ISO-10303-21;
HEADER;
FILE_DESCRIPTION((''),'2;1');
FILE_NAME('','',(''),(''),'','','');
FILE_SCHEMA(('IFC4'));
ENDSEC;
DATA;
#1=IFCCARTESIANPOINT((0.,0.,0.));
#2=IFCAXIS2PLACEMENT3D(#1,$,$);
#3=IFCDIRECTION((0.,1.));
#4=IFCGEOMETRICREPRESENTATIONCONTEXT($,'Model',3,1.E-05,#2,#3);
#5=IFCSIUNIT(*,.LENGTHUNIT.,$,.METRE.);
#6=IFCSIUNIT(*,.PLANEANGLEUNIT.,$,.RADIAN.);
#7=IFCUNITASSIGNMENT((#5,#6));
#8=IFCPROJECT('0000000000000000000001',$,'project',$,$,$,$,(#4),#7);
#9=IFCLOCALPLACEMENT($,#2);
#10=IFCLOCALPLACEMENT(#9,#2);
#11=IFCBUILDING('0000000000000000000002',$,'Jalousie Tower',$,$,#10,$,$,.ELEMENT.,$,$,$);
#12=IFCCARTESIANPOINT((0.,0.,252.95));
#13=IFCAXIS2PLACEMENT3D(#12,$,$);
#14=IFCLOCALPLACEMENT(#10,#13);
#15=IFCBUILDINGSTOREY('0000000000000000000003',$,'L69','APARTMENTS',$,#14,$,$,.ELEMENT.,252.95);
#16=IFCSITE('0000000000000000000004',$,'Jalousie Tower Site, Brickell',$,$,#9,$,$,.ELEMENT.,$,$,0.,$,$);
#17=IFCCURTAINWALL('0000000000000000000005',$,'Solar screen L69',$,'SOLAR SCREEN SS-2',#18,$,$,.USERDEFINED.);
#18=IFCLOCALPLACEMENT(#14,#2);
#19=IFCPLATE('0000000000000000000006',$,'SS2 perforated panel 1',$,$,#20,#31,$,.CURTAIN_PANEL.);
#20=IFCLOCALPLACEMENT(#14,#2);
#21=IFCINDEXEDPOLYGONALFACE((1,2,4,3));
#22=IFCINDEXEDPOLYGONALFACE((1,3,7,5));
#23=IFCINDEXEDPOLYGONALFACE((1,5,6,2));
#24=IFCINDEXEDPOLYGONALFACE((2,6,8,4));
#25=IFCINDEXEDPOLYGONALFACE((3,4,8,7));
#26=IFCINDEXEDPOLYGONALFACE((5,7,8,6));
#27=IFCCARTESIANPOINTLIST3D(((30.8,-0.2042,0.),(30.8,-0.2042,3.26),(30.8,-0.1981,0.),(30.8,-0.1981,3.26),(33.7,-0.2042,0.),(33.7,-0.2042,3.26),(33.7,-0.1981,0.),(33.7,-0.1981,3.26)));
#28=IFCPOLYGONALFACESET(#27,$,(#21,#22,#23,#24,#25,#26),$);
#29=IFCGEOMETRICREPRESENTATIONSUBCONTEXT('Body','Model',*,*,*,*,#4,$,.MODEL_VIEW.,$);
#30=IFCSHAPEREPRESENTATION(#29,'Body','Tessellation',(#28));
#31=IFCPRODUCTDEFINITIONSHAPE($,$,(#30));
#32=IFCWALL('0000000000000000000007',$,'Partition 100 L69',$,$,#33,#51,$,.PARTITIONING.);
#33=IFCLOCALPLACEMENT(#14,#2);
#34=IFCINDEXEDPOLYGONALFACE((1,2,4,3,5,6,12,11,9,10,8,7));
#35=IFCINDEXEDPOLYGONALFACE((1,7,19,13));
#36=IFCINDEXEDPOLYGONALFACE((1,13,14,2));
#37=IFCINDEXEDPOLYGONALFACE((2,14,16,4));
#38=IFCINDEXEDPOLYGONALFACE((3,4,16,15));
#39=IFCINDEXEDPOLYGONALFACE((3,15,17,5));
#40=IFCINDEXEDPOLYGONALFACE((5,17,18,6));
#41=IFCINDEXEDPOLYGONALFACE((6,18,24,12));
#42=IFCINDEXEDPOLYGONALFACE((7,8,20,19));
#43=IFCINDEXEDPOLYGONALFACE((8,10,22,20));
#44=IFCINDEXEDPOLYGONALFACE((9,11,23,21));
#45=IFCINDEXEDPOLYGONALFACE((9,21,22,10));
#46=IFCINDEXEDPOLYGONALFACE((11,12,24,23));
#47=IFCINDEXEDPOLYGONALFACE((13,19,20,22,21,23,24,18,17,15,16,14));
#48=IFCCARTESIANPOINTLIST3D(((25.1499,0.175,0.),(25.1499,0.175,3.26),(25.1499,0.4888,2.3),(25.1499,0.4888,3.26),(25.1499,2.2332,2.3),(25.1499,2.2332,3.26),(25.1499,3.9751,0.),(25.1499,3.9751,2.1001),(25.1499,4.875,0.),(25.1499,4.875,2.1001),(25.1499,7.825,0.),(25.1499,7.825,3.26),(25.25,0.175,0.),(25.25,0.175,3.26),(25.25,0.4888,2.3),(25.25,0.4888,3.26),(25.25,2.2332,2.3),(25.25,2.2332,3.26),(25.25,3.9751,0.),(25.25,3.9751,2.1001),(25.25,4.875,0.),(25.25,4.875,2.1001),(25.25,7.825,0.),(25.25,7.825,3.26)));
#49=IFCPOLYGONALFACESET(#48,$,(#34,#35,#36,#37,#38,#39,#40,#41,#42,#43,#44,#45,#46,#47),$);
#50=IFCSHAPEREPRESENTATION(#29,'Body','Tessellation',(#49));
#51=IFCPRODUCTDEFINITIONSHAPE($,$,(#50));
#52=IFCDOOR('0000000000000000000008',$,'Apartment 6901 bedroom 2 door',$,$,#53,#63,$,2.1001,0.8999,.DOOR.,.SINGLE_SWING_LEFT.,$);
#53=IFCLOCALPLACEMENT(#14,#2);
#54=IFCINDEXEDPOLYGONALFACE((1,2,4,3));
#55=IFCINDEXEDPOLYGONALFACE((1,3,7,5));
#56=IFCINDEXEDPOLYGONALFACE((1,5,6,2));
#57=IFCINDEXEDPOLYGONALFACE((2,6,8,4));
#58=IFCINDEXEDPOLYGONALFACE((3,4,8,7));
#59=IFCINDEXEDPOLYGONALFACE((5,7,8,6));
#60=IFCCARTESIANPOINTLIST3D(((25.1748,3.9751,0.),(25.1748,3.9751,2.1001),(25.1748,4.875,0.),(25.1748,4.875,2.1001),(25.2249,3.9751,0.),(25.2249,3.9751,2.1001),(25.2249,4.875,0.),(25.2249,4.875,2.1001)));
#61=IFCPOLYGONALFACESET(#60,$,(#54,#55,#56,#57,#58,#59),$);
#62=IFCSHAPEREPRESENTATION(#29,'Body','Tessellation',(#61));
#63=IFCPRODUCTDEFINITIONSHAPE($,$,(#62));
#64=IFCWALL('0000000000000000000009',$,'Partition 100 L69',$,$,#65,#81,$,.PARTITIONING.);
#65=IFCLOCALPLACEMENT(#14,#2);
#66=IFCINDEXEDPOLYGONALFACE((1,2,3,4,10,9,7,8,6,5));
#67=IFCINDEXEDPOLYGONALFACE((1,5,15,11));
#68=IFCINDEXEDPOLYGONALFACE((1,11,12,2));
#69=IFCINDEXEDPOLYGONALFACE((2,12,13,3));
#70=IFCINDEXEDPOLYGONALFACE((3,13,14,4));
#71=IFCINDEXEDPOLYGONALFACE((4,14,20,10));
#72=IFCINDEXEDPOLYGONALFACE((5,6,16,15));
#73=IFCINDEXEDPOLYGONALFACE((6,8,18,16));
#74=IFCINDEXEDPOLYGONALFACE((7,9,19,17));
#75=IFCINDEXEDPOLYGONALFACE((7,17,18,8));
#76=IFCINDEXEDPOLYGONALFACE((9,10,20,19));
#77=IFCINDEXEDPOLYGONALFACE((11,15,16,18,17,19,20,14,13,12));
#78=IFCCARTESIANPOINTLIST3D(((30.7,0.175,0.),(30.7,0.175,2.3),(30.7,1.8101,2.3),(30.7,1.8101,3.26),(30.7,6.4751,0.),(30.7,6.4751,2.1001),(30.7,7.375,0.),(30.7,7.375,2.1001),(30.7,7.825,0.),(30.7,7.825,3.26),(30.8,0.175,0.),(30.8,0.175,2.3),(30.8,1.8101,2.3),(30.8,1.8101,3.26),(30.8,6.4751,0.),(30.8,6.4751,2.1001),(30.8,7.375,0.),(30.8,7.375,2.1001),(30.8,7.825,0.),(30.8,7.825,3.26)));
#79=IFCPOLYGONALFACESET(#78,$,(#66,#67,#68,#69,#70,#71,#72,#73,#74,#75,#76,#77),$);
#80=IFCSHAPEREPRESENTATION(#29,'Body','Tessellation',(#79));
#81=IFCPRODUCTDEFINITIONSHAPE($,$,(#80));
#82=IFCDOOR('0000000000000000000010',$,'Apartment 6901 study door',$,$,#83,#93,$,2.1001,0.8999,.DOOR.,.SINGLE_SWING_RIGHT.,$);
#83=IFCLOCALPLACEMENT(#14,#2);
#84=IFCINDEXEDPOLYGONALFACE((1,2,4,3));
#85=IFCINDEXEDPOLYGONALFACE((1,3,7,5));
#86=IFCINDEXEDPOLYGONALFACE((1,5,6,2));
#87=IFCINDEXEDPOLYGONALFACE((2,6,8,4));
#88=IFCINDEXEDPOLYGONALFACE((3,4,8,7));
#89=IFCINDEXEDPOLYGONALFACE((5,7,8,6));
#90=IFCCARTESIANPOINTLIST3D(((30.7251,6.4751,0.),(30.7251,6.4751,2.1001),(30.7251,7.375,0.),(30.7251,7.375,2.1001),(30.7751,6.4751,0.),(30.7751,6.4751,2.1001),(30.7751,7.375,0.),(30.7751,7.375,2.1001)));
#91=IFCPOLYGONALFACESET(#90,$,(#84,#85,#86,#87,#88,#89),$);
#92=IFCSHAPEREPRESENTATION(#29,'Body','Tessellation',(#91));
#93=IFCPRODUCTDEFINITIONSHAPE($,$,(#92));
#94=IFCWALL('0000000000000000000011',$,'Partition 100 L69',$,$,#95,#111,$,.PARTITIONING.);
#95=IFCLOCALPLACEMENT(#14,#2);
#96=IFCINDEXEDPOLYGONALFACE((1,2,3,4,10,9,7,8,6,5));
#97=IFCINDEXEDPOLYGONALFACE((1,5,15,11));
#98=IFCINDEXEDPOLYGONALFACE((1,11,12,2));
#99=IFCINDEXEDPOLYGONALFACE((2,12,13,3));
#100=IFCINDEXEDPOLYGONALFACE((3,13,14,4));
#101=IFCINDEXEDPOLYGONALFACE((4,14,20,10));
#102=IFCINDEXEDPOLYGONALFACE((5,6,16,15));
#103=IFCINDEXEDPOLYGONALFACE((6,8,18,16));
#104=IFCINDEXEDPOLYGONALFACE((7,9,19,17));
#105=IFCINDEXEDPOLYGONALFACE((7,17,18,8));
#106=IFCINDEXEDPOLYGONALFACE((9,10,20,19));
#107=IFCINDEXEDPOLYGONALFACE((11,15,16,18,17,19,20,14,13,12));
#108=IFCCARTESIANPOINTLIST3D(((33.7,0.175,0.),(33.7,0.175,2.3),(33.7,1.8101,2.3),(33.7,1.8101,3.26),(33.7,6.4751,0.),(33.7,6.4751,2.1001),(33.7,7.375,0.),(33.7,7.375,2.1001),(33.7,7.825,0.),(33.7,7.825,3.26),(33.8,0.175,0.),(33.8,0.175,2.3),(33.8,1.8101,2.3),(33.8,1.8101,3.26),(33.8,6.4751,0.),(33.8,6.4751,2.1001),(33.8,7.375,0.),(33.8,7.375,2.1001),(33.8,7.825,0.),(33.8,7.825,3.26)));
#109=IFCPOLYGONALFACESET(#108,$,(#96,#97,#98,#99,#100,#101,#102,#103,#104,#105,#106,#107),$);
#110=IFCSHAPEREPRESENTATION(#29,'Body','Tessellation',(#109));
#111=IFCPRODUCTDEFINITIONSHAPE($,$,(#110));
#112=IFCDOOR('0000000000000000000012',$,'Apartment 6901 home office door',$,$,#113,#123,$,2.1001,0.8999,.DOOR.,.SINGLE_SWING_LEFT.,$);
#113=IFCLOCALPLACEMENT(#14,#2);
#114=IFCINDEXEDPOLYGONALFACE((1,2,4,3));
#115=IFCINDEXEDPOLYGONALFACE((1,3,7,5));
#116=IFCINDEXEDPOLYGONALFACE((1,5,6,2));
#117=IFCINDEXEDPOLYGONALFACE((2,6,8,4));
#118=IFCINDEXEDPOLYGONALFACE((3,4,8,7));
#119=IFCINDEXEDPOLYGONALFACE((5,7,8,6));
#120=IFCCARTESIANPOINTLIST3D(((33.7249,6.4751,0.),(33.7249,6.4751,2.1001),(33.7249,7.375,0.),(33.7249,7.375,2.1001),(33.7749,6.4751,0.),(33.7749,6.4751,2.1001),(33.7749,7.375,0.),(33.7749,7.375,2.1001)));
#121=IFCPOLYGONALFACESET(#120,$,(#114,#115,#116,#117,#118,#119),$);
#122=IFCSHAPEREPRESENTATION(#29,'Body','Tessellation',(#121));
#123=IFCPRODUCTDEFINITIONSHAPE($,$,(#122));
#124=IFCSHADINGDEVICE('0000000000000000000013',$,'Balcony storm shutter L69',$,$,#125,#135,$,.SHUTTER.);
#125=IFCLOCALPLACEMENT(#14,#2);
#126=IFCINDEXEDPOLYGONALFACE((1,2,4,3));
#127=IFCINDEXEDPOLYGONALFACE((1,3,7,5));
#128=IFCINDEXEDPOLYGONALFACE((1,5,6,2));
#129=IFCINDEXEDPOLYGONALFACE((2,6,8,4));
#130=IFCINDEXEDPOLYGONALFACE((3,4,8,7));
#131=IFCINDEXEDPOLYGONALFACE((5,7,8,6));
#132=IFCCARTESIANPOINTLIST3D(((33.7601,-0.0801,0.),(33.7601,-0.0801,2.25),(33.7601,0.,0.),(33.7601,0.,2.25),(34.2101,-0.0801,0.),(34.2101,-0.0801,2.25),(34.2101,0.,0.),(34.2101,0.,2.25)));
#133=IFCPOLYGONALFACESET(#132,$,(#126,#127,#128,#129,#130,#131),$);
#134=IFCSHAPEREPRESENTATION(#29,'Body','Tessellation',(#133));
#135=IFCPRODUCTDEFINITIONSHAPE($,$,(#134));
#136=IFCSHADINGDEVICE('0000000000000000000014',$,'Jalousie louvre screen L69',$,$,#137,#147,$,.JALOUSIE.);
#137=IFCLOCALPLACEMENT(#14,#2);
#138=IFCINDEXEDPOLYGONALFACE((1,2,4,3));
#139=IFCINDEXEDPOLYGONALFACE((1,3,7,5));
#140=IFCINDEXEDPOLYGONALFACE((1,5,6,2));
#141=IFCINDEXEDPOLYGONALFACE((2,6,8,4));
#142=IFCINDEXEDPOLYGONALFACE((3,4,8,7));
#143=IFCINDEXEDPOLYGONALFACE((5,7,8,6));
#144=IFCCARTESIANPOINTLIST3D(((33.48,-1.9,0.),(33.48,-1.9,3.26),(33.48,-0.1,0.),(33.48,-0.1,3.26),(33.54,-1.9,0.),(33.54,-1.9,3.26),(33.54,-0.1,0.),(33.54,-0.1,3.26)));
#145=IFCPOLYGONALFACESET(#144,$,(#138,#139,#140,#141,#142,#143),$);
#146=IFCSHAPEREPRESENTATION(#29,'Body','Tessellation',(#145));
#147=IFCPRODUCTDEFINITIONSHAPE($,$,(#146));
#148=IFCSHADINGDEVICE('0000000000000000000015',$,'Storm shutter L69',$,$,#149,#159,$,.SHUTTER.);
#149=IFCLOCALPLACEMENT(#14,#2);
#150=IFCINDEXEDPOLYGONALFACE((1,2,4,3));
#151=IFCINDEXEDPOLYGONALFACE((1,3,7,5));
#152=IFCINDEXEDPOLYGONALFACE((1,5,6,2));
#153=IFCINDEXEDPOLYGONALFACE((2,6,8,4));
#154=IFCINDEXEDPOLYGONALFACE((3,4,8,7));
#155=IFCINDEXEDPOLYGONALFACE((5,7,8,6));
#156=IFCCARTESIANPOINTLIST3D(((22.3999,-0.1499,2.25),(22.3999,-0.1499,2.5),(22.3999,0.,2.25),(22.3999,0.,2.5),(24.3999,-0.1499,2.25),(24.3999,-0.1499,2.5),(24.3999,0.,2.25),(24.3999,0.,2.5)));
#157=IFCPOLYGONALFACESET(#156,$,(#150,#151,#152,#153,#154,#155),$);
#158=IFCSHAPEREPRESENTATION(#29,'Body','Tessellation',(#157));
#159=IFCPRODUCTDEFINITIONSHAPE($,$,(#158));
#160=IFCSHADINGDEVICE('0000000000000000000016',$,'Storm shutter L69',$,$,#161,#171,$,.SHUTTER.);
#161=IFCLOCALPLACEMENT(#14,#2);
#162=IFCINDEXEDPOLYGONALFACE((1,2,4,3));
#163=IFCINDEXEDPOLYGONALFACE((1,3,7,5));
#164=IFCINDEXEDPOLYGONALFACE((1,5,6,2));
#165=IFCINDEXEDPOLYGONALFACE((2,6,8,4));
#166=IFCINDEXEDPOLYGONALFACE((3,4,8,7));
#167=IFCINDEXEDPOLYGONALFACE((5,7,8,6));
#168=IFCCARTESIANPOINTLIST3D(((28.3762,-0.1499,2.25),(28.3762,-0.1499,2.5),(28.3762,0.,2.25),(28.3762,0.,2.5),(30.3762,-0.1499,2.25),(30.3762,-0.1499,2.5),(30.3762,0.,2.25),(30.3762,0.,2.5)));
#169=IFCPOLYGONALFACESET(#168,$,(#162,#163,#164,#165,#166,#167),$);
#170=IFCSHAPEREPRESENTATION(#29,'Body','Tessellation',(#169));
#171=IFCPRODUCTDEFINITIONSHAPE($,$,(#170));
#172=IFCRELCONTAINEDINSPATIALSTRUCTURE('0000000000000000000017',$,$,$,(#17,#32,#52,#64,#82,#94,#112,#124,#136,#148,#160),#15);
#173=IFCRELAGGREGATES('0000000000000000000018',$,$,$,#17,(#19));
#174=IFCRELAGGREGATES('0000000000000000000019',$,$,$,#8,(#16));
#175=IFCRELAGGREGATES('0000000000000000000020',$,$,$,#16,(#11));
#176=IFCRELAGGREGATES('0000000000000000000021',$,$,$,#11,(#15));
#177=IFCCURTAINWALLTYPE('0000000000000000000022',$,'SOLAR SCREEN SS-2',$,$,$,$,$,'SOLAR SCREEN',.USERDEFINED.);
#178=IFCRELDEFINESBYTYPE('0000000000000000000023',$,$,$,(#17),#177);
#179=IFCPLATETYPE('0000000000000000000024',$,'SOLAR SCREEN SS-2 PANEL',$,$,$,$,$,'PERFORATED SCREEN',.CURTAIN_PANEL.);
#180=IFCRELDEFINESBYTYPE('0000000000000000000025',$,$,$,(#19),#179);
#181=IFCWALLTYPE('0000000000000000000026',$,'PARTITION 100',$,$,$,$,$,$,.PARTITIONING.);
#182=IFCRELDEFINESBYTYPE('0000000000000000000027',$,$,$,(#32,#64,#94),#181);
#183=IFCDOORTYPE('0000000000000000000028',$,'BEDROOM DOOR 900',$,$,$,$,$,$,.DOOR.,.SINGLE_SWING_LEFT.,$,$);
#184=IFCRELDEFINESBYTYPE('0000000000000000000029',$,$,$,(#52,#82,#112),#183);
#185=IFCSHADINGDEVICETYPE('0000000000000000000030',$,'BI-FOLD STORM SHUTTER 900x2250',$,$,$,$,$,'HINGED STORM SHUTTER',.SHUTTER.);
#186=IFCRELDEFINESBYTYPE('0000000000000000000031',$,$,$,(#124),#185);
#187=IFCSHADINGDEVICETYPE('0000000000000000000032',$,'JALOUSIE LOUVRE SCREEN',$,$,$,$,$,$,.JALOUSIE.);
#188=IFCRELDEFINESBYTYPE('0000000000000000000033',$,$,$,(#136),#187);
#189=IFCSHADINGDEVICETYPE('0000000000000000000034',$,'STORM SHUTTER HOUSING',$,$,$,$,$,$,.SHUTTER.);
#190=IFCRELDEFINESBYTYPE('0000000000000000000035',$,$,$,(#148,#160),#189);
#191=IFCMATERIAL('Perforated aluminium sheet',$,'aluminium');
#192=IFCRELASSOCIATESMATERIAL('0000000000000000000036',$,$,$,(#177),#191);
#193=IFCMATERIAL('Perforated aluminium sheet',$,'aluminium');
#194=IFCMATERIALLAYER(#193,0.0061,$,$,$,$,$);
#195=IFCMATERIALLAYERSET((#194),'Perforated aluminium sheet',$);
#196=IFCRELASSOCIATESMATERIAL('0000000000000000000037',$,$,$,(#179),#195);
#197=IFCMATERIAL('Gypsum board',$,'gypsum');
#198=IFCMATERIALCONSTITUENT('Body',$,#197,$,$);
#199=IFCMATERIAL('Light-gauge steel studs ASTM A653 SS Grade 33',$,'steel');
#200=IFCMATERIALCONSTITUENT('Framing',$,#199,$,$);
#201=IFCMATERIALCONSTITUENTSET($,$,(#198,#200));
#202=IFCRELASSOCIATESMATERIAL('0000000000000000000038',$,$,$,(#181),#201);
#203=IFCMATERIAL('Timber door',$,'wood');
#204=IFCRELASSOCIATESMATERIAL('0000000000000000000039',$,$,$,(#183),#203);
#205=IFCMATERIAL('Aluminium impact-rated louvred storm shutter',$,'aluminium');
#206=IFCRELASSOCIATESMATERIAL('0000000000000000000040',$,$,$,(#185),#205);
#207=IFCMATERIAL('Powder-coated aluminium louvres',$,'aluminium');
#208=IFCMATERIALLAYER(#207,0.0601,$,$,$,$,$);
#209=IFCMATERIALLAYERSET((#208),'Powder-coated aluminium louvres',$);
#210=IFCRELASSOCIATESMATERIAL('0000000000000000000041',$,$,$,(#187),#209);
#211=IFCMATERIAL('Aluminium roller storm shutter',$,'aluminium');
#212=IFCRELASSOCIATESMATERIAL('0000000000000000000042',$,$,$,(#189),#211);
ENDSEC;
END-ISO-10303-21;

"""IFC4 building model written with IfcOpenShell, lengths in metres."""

from ifc_helpers import new_model, si_unit, direction, frame, frame_2d, origin, origin_2d, place, context, subcontext, project, spatial, polyline, rectangle, outline, extrude, material, layer, layer_set, constituent, constituent_set, type_object, element, fill, aggregate, save


model = new_model("IFC4")

# Units and contexts
model_context = context("Model", 3, precision=1e-05, world=origin(), true_north=direction((0.0, 1.0)))
body_context = subcontext(model_context, "Body", "Model", "MODEL_VIEW")
ifc_project = project(units=[si_unit("LENGTHUNIT", "METRE"), si_unit("PLANEANGLEUNIT", "RADIAN")], contexts=[model_context])

# Site, building, storey
site_placement = place(None, origin())
site = spatial("IfcSite", under=ifc_project, at=site_placement, Name="Jalousie Tower Site, Brickell", CompositionType="ELEMENT", RefElevation=0.0)
building_placement = place(site_placement, origin())
building = spatial("IfcBuilding", under=site, at=building_placement, Name="Jalousie Tower", CompositionType="ELEMENT")
storey_placement = place(building_placement, frame((0.0, 0.0, 252.95)))
storey = spatial("IfcBuildingStorey", under=building, at=storey_placement, Name="L69", Description="APARTMENTS", CompositionType="ELEMENT", Elevation=252.95)

# Shared definitions
ifc_material_1 = material(Name="Perforated aluminium sheet", Category="aluminium")
curtain_wall_type = type_object("IfcCurtainWallType", Name="SOLAR SCREEN SS-2", ElementType="SOLAR SCREEN", PredefinedType="USERDEFINED", material=ifc_material_1)

# Curtain wall
curtain_wall_1_placement = place(storey_placement, origin())
curtain_wall_1 = element("IfcCurtainWall", 1, at=curtain_wall_1_placement, inside=storey, type_object=curtain_wall_type, Name="Solar screen L69", ObjectType="SOLAR SCREEN SS-2", PredefinedType="USERDEFINED")

# Plate
ifc_material_2 = material(Name="Perforated aluminium sheet", Category="aluminium")
ifc_layer_1 = layer(ifc_material_2, 0.0061)
ifc_layer_set_1 = layer_set([ifc_layer_1], Name="Perforated aluminium sheet")
plate_type = type_object("IfcPlateType", Name="SOLAR SCREEN SS-2 PANEL", ElementType="PERFORATED SCREEN", PredefinedType="CURTAIN_PANEL", material=ifc_layer_set_1)
plate_1_placement = place(storey_placement, frame((32.25, -0.2012, 0.0), z_axis=(0.0, 0.0, 1.0), x_axis=(1.0, 0.0, 0.0)))
plate_1 = element("IfcPlate", 2, at=plate_1_placement, type_object=plate_type, Name="SS2 perforated panel 1", PredefinedType="CURTAIN_PANEL", context=body_context, shape_type="SweptSolid", body=[
    extrude(rectangle(XDim=2.8999, YDim=0.0061, at=origin_2d()), origin(), (0.0, 0.0, 1.0), 3.26),
])
aggregate(curtain_wall_1, [plate_1])

# Walls, openings, doors
ifc_material_3 = material(Name="Gypsum board", Category="gypsum")
ifc_constituent_1 = constituent(ifc_material_3, Name="Body")
ifc_material_4 = material(Name="Light-gauge steel studs ASTM A653 SS Grade 33", Category="steel")
ifc_constituent_2 = constituent(ifc_material_4, Name="Framing")
ifc_constituent_set = constituent_set(constituents=[ifc_constituent_1, ifc_constituent_2])
wall_type = type_object("IfcWallType", Name="PARTITION 100", PredefinedType="PARTITIONING", material=ifc_constituent_set)
wall_1_placement = place(storey_placement, frame((25.2, 0.175, 0.0), z_axis=(0.0, 0.0, 1.0), x_axis=(0.0, 1.0, 0.0)))
wall_1 = element("IfcWall", 3, at=wall_1_placement, inside=storey, type_object=wall_type, Name="Partition 100 L69", PredefinedType="PARTITIONING", context=body_context, shape_type="SweptSolid", body=[
    extrude(outline(polyline([(0.0, 0.0), (7.6499, 0.0), (7.6499, 3.26), (2.0581, 3.26), (2.0581, 2.3), (0.3137, 2.3), (0.3137, 3.26), (0.0, 3.26), (0.0, 0.0)])), frame((0.0, 0.05, 0.0), z_axis=(0.0, -1.0, 0.0), x_axis=(1.0, 0.0, 0.0)), (0.0, 0.0, 1.0), 0.1001),
])
opening_1_placement = place(wall_1_placement, frame((3.8, 0.0, 0.0)))
opening_1 = element("IfcOpeningElement", 4, at=opening_1_placement, cuts=wall_1, PredefinedType="OPENING", context=body_context, shape_type="SweptSolid", body=[
    extrude(rectangle(XDim=0.8999, YDim=2.1001, at=frame_2d((0.45, 1.05))), frame((0.0, 0.0601, 0.0), z_axis=(0.0, -1.0, 0.0), x_axis=(1.0, 0.0, 0.0)), (0.0, 0.0, 1.0), 0.1201),
])
ifc_material_5 = material(Name="Timber door", Category="wood")
door_type = type_object("IfcDoorType", Name="BEDROOM DOOR 900", OperationType="SINGLE_SWING_LEFT", PredefinedType="DOOR", material=ifc_material_5)
door_1_placement = place(opening_1_placement, frame((0.8999, 0.0, 0.0), z_axis=(0.0, 0.0, 1.0), x_axis=(-1.0, 0.0, 0.0)))
door_1 = element("IfcDoor", 5, at=door_1_placement, inside=storey, type_object=door_type, Name="Apartment 6901 bedroom 2 door", OperationType="SINGLE_SWING_LEFT", OverallHeight=2.1001, OverallWidth=0.8999, PredefinedType="DOOR", context=body_context, shape_type="SweptSolid", body=[
    extrude(rectangle(XDim=0.8999, YDim=2.1001, at=frame_2d((0.45, 1.05))), frame((0.0, 0.0249, 0.0), z_axis=(0.0, -1.0, 0.0), x_axis=(1.0, 0.0, 0.0)), (0.0, 0.0, 1.0), 0.05),
])
fill(opening_1, door_1)
wall_2_placement = place(storey_placement, frame((30.75, 0.175, 0.0), z_axis=(0.0, 0.0, 1.0), x_axis=(0.0, 1.0, 0.0)))
wall_2 = element("IfcWall", 6, at=wall_2_placement, inside=storey, type_object=wall_type, Name="Partition 100 L69", PredefinedType="PARTITIONING", context=body_context, shape_type="SweptSolid", body=[
    extrude(outline(polyline([(0.0, 0.0), (7.6499, 0.0), (7.6499, 3.26), (1.635, 3.26), (1.635, 2.3), (0.0, 2.3), (0.0, 3.26), (0.0, 0.0)])), frame((0.0, 0.05, 0.0), z_axis=(0.0, -1.0, 0.0), x_axis=(1.0, 0.0, 0.0)), (0.0, 0.0, 1.0), 0.1001),
])
opening_2_placement = place(wall_2_placement, frame((6.3, 0.0, 0.0)))
opening_2 = element("IfcOpeningElement", 7, at=opening_2_placement, cuts=wall_2, PredefinedType="OPENING", context=body_context, shape_type="SweptSolid", body=[
    extrude(rectangle(XDim=0.8999, YDim=2.1001, at=frame_2d((0.45, 1.05))), frame((0.0, 0.0601, 0.0), z_axis=(0.0, -1.0, 0.0), x_axis=(1.0, 0.0, 0.0)), (0.0, 0.0, 1.0), 0.1201),
])
door_2_placement = place(opening_2_placement, origin())
door_2 = element("IfcDoor", 8, at=door_2_placement, inside=storey, type_object=door_type, Name="Apartment 6901 study door", OperationType="SINGLE_SWING_RIGHT", OverallHeight=2.1001, OverallWidth=0.8999, PredefinedType="DOOR", context=body_context, shape_type="SweptSolid", body=[
    extrude(rectangle(XDim=0.8999, YDim=2.1001, at=frame_2d((0.45, 1.05))), frame((0.0, 0.0249, 0.0), z_axis=(0.0, -1.0, 0.0), x_axis=(1.0, 0.0, 0.0)), (0.0, 0.0, 1.0), 0.05),
])
fill(opening_2, door_2)
wall_3_placement = place(storey_placement, frame((33.75, 0.175, 0.0), z_axis=(0.0, 0.0, 1.0), x_axis=(0.0, 1.0, 0.0)))
wall_3 = element("IfcWall", 9, at=wall_3_placement, inside=storey, type_object=wall_type, Name="Partition 100 L69", PredefinedType="PARTITIONING", context=body_context, shape_type="SweptSolid", body=[
    extrude(outline(polyline([(0.0, 0.0), (7.6499, 0.0), (7.6499, 3.26), (1.635, 3.26), (1.635, 2.3), (0.0, 2.3), (0.0, 3.26), (0.0, 0.0)])), frame((0.0, 0.05, 0.0), z_axis=(0.0, -1.0, 0.0), x_axis=(1.0, 0.0, 0.0)), (0.0, 0.0, 1.0), 0.1001),
])
opening_3_placement = place(wall_3_placement, frame((6.3, 0.0, 0.0)))
opening_3 = element("IfcOpeningElement", 10, at=opening_3_placement, cuts=wall_3, PredefinedType="OPENING", context=body_context, shape_type="SweptSolid", body=[
    extrude(rectangle(XDim=0.8999, YDim=2.1001, at=frame_2d((0.45, 1.05))), frame((0.0, 0.0601, 0.0), z_axis=(0.0, -1.0, 0.0), x_axis=(1.0, 0.0, 0.0)), (0.0, 0.0, 1.0), 0.1201),
])
door_3_placement = place(opening_3_placement, frame((0.8999, 0.0, 0.0), z_axis=(0.0, 0.0, 1.0), x_axis=(-1.0, 0.0, 0.0)))
door_3 = element("IfcDoor", 11, at=door_3_placement, inside=storey, type_object=door_type, Name="Apartment 6901 home office door", OperationType="SINGLE_SWING_LEFT", OverallHeight=2.1001, OverallWidth=0.8999, PredefinedType="DOOR", context=body_context, shape_type="SweptSolid", body=[
    extrude(rectangle(XDim=0.8999, YDim=2.1001, at=frame_2d((0.45, 1.05))), frame((0.0, 0.0249, 0.0), z_axis=(0.0, -1.0, 0.0), x_axis=(1.0, 0.0, 0.0)), (0.0, 0.0, 1.0), 0.05),
])
fill(opening_3, door_3)

# Shading device
ifc_material_6 = material(Name="Aluminium impact-rated louvred storm shutter", Category="aluminium")
shading_device_type_1 = type_object("IfcShadingDeviceType", Name="BI-FOLD STORM SHUTTER 900x2250", ElementType="HINGED STORM SHUTTER", PredefinedType="SHUTTER", material=ifc_material_6)
shading_device_1_placement = place(storey_placement, frame((33.9851, -0.04, 0.0), z_axis=(0.0, 0.0, 1.0), x_axis=(1.0, 0.0, 0.0)))
element("IfcShadingDevice", 12, at=shading_device_1_placement, inside=storey, type_object=shading_device_type_1, Name="Balcony storm shutter L69", PredefinedType="SHUTTER", context=body_context, shape_type="SweptSolid", body=[
    extrude(rectangle(XDim=0.45, YDim=0.0801, at=origin_2d()), origin(), (0.0, 0.0, 1.0), 2.25),
])

# Shading devices
ifc_material_7 = material(Name="Powder-coated aluminium louvres", Category="aluminium")
ifc_layer_2 = layer(ifc_material_7, 0.0601)
ifc_layer_set_2 = layer_set([ifc_layer_2], Name="Powder-coated aluminium louvres")
shading_device_type_2 = type_object("IfcShadingDeviceType", Name="JALOUSIE LOUVRE SCREEN", PredefinedType="JALOUSIE", material=ifc_layer_set_2)
shading_device_2_placement = place(storey_placement, frame((33.51, -1.0, 0.0), z_axis=(0.0, 0.0, 1.0), x_axis=(1.0, 0.0, 0.0)))
element("IfcShadingDevice", 13, at=shading_device_2_placement, inside=storey, type_object=shading_device_type_2, Name="Jalousie louvre screen L69", PredefinedType="JALOUSIE", context=body_context, shape_type="SweptSolid", body=[
    extrude(rectangle(XDim=0.0601, YDim=1.8, at=origin_2d()), origin(), (0.0, 0.0, 1.0), 3.26),
])
ifc_material_8 = material(Name="Aluminium roller storm shutter", Category="aluminium")
shading_device_type_3 = type_object("IfcShadingDeviceType", Name="STORM SHUTTER HOUSING", PredefinedType="SHUTTER", material=ifc_material_8)
for number, where, z_axis, x_axis, name in (
    (14, (23.3999, -0.075, 2.25), (0.0, 0.0, 1.0), (1.0, 0.0, 0.0), "Storm shutter L69"),
    (15, (29.3762, -0.075, 2.25), (0.0, 0.0, 1.0), (1.0, 0.0, 0.0), "Storm shutter L69"),
):
    element("IfcShadingDevice", number, at=place(storey_placement, frame(where, z_axis=z_axis, x_axis=x_axis)), inside=storey, type_object=shading_device_type_3, Name=name, PredefinedType="SHUTTER", context=body_context, shape_type="SweptSolid", body=[
        extrude(rectangle(XDim=2.0, YDim=0.1499, at=origin_2d()), origin(), (0.0, 0.0, 1.0), 0.25),
    ])

save(model, "model.ifc")
